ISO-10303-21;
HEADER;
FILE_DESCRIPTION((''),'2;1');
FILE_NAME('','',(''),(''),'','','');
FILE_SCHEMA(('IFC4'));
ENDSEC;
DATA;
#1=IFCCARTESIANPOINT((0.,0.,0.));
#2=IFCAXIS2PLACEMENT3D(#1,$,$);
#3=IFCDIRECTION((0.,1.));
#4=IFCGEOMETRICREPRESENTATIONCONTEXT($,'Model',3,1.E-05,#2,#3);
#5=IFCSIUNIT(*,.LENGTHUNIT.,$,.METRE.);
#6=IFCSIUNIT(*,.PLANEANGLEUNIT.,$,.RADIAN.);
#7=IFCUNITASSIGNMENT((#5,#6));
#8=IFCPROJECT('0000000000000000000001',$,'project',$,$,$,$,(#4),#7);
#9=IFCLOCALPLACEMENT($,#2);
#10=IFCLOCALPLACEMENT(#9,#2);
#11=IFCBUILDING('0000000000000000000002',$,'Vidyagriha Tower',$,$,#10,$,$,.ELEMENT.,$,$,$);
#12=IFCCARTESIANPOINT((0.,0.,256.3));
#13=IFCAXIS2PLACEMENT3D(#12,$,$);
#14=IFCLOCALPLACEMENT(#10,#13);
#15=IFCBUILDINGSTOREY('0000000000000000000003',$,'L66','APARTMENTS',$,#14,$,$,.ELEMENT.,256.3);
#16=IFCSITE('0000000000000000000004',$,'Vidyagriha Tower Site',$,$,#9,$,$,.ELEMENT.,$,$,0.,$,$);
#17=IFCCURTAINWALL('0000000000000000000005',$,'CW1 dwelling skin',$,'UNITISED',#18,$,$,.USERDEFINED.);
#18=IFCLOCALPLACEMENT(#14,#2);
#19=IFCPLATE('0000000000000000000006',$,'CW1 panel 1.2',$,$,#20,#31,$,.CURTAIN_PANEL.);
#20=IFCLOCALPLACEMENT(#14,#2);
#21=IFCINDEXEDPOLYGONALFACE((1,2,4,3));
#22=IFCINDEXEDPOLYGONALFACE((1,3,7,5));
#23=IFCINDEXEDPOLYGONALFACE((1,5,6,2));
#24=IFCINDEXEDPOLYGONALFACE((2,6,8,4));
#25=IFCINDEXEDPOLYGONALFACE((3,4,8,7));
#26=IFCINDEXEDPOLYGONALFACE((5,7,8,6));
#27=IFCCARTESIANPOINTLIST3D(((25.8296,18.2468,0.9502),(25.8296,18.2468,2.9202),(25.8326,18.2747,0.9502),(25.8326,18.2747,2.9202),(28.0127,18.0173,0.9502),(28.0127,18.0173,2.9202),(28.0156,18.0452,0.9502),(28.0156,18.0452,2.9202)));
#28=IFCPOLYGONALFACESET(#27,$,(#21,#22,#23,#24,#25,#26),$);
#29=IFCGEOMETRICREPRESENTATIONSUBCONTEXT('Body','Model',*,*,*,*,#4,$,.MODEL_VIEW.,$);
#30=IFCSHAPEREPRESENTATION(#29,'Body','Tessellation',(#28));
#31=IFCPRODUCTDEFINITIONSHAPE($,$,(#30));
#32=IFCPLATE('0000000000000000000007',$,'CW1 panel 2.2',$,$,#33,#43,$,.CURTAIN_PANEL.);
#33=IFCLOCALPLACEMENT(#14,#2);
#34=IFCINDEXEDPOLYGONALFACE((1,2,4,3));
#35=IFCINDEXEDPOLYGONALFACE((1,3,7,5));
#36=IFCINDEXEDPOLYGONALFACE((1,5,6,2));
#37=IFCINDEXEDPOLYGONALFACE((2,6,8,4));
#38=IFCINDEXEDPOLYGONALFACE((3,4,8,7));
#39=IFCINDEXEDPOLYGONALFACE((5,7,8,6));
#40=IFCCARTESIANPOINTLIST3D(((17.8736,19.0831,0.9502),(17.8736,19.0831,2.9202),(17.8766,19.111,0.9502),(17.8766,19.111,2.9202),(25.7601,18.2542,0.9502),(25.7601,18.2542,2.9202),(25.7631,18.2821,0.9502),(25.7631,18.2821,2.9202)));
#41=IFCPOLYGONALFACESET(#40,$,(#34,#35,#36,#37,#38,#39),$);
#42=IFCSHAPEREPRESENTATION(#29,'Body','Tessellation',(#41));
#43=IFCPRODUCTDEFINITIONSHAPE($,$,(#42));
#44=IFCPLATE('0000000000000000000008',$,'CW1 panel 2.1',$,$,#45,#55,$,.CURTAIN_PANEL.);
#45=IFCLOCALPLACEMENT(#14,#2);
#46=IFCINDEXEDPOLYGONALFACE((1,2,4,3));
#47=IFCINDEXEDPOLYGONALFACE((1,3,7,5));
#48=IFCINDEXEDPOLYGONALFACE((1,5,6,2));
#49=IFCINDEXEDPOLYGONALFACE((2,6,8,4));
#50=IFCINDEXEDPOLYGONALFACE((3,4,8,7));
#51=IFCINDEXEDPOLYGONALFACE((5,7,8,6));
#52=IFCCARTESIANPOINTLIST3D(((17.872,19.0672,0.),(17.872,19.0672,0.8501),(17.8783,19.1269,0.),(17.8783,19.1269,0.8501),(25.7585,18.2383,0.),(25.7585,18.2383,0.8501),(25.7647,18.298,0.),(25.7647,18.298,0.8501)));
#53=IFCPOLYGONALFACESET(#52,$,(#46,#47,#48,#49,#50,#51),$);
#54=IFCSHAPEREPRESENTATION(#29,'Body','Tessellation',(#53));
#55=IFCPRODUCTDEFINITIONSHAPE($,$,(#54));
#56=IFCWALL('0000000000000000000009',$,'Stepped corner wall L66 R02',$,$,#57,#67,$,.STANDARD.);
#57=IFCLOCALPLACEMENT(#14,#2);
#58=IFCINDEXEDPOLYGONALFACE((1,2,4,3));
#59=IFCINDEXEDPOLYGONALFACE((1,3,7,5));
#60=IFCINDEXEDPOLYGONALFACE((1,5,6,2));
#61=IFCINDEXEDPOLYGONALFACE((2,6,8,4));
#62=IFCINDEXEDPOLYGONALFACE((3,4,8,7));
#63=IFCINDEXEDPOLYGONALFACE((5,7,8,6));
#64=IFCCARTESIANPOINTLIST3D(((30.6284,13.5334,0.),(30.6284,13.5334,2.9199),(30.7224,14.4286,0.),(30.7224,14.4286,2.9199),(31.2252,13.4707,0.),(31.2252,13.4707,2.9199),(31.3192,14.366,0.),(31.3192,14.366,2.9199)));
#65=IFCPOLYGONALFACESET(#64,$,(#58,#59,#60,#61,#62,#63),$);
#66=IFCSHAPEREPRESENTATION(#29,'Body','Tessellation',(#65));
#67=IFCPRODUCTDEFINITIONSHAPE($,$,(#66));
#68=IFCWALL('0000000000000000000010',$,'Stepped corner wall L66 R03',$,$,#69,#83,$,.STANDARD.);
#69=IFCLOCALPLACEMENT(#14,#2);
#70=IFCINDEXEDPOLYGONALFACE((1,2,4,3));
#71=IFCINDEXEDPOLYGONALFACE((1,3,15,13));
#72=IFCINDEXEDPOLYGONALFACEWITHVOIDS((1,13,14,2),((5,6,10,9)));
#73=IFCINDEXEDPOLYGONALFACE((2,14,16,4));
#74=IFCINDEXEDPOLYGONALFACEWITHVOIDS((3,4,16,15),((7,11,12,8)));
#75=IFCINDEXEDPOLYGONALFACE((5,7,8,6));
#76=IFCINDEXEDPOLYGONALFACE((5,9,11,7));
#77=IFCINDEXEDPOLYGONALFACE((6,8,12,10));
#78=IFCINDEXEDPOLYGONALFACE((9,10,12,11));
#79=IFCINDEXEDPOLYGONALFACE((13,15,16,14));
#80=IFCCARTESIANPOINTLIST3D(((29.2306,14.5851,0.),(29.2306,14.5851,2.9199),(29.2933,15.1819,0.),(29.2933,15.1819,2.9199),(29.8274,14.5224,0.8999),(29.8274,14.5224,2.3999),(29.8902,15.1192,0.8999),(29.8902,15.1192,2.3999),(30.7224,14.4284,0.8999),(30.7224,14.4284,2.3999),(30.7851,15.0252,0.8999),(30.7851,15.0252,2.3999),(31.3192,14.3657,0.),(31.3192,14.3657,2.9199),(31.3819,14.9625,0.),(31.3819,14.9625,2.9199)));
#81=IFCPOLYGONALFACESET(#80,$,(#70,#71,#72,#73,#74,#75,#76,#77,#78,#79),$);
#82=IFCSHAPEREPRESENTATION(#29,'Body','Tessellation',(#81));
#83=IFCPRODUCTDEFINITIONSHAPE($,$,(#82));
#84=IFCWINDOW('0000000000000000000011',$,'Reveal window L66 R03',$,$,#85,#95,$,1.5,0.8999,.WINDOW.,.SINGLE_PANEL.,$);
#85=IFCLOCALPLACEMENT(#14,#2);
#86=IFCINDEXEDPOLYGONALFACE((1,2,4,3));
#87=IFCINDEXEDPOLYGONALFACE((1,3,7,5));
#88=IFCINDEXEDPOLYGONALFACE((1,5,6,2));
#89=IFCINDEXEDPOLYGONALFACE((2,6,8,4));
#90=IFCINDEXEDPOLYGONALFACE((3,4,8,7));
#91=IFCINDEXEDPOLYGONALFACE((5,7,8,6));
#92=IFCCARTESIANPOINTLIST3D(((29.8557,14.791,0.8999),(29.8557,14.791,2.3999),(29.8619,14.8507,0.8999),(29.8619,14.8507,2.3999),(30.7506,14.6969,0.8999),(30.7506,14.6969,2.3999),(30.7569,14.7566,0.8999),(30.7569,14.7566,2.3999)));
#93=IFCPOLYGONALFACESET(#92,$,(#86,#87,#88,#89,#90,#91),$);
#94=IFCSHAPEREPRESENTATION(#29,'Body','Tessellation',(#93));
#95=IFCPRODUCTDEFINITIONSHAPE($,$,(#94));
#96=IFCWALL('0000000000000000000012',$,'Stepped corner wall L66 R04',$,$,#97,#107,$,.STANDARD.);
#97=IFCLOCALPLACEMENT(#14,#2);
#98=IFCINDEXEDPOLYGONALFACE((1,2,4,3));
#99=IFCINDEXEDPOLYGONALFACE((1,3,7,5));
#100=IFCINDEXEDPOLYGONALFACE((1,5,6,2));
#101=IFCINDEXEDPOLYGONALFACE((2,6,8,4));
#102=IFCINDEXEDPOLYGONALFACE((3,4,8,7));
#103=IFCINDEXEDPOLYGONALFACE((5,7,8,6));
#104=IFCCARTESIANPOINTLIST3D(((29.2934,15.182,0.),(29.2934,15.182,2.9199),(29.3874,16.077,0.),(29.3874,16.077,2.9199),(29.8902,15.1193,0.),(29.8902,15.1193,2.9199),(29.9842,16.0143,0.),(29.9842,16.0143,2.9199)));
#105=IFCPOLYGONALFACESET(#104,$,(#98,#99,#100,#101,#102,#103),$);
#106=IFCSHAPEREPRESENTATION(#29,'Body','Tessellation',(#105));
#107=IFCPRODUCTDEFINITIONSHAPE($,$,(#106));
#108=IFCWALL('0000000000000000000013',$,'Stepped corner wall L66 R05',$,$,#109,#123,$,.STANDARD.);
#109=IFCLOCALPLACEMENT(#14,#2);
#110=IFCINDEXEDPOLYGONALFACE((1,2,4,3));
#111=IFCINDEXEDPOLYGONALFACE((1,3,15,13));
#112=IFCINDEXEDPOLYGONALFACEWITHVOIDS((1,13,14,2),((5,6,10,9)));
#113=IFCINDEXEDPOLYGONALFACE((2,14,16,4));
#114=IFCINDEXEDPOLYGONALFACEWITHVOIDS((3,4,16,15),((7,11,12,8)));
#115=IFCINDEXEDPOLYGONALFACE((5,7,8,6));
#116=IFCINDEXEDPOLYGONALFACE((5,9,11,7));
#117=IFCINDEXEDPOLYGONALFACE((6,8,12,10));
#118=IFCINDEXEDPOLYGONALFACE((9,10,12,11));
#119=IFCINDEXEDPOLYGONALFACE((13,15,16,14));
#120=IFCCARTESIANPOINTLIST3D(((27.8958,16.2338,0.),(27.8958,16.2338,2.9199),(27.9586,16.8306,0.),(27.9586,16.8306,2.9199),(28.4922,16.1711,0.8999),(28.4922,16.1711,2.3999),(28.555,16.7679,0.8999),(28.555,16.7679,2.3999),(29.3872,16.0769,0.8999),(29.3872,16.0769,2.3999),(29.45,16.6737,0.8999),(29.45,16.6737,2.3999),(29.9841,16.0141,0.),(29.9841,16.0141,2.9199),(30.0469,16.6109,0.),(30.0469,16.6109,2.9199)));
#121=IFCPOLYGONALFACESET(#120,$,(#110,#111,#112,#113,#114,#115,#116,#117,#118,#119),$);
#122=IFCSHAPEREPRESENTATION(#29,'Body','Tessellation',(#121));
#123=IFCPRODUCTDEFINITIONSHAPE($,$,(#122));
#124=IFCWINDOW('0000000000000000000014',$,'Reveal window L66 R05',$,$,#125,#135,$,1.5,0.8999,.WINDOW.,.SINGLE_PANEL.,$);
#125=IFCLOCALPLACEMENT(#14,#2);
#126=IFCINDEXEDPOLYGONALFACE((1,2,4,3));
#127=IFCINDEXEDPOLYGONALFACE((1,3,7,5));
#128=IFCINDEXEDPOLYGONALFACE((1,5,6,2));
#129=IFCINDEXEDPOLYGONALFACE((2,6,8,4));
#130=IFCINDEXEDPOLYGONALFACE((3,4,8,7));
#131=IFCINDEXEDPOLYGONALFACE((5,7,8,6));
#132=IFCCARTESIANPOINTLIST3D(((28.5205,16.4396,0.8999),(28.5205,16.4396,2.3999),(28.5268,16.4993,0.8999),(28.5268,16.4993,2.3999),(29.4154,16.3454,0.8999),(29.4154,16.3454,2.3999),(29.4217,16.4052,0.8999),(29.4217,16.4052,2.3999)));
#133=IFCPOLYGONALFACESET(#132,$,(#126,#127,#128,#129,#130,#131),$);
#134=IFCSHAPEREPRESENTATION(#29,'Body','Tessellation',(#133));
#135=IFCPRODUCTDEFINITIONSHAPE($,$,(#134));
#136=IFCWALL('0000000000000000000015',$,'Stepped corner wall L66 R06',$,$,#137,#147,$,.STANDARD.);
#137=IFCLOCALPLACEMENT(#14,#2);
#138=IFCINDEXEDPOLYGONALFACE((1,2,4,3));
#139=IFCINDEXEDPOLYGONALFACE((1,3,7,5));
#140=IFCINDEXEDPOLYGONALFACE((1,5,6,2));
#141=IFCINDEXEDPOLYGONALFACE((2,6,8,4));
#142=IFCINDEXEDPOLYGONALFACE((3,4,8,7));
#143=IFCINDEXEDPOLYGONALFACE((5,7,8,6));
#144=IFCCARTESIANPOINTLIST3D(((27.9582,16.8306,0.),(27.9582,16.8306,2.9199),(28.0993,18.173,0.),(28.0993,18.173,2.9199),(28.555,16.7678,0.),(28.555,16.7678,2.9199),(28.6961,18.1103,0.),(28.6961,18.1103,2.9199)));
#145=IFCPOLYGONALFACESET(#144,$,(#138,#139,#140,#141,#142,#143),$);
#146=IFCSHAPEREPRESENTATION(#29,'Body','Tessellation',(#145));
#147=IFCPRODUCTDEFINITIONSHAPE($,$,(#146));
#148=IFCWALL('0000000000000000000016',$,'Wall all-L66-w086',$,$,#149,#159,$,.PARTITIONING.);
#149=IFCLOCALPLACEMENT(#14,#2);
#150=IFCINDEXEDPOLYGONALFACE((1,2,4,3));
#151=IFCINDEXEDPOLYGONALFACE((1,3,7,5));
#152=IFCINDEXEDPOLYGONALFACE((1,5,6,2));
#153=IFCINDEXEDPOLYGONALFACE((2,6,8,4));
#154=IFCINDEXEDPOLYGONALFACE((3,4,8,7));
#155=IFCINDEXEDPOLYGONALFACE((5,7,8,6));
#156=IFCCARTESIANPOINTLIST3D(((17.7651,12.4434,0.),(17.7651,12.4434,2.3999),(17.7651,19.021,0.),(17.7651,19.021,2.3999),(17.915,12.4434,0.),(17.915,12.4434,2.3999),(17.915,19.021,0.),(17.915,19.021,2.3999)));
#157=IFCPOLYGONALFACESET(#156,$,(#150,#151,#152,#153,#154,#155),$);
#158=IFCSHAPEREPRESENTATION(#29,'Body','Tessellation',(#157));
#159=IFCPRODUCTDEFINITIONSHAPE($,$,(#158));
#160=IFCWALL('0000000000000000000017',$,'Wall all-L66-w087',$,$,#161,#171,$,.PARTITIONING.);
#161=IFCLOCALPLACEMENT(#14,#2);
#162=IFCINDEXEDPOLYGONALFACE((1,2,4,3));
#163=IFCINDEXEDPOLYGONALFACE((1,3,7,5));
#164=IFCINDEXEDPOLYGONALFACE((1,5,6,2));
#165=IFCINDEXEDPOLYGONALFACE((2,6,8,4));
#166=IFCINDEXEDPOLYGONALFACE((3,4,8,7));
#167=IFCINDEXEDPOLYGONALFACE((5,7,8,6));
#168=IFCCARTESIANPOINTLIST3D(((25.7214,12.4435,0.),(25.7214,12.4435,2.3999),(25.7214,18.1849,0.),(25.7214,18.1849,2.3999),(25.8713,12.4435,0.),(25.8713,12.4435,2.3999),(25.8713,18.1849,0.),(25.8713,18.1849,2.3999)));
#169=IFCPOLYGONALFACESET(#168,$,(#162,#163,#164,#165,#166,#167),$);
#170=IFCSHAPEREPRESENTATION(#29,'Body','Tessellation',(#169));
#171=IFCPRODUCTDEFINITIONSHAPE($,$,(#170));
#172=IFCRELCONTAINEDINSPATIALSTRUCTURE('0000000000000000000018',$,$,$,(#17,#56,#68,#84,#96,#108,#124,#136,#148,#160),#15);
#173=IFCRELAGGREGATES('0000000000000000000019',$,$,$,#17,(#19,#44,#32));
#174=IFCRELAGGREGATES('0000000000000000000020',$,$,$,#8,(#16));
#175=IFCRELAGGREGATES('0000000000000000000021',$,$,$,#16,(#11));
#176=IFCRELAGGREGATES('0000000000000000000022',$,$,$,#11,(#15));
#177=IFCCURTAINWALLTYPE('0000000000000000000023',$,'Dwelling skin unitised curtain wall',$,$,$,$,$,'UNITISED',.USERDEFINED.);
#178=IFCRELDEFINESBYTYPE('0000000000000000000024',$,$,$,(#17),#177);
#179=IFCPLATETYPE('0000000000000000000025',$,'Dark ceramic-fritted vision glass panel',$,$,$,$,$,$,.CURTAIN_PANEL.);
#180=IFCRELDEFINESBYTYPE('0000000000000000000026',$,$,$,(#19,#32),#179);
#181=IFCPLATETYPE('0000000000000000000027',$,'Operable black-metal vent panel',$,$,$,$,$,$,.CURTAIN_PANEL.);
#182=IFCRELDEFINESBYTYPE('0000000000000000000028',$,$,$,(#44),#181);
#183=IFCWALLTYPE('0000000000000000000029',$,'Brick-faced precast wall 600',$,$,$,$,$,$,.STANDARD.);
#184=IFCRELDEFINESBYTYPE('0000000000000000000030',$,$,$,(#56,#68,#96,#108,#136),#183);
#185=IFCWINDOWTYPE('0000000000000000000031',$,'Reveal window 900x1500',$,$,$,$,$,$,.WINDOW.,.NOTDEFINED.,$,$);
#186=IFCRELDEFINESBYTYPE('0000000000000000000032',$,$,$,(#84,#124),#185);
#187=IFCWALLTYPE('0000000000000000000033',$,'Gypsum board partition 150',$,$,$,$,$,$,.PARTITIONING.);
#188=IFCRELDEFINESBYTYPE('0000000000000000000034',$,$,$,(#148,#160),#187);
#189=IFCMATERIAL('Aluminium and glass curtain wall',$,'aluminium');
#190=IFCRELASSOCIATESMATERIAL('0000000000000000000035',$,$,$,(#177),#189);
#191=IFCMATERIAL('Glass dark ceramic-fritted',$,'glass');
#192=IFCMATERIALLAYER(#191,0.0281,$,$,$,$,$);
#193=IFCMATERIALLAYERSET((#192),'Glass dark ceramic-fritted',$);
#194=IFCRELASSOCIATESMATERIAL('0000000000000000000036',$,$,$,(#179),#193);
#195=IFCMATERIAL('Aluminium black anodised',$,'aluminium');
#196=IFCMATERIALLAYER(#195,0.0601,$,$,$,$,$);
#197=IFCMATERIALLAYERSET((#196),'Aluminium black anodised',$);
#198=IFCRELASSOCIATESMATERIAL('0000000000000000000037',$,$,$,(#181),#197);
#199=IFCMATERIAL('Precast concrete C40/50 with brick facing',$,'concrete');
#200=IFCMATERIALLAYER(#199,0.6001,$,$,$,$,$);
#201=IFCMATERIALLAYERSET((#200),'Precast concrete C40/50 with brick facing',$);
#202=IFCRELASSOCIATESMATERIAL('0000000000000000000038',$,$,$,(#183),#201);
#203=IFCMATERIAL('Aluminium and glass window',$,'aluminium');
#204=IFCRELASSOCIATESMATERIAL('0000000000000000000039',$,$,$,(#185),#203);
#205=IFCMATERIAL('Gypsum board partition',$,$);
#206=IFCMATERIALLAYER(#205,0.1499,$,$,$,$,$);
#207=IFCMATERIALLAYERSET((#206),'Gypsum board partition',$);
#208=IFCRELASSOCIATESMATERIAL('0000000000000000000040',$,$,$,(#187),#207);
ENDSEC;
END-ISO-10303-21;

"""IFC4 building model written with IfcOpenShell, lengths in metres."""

from ifc_helpers import new_model, si_unit, direction, frame, frame_2d, origin, origin_2d, place, context, subcontext, project, spatial, rectangle, extrude, material, layer, layer_set, type_object, element, fill, aggregate, save


model = new_model("IFC4")

# Units and contexts
model_context = context("Model", 3, precision=1e-05, world=origin(), true_north=direction((0.0, 1.0)))
body_context = subcontext(model_context, "Body", "Model", "MODEL_VIEW")
ifc_project = project(units=[si_unit("LENGTHUNIT", "METRE"), si_unit("PLANEANGLEUNIT", "RADIAN")], contexts=[model_context])

# Site, building, storey
site_placement = place(None, origin())
site = spatial("IfcSite", under=ifc_project, at=site_placement, Name="Vidyagriha Tower Site", CompositionType="ELEMENT", RefElevation=0.0)
building_placement = place(site_placement, origin())
building = spatial("IfcBuilding", under=site, at=building_placement, Name="Vidyagriha Tower", CompositionType="ELEMENT")
storey_placement = place(building_placement, frame((0.0, 0.0, 256.3)))
storey = spatial("IfcBuildingStorey", under=building, at=storey_placement, Name="L66", Description="APARTMENTS", CompositionType="ELEMENT", Elevation=256.3)

# Curtain wall, plates
ifc_material_1 = material(Name="Aluminium and glass curtain wall", Category="aluminium")
curtain_wall_type = type_object("IfcCurtainWallType", Name="Dwelling skin unitised curtain wall", ElementType="UNITISED", PredefinedType="USERDEFINED", material=ifc_material_1)
curtain_wall_placement = place(storey_placement, origin())
curtain_wall = element("IfcCurtainWall", 1, at=curtain_wall_placement, inside=storey, type_object=curtain_wall_type, Name="CW1 dwelling skin", ObjectType="UNITISED", PredefinedType="USERDEFINED")
ifc_material_2 = material(Name="Glass dark ceramic-fritted", Category="glass")
ifc_layer_1 = layer(ifc_material_2, 0.0281)
ifc_layer_set_1 = layer_set([ifc_layer_1], Name="Glass dark ceramic-fritted")
plate_type_1 = type_object("IfcPlateType", Name="Dark ceramic-fritted vision glass panel", PredefinedType="CURTAIN_PANEL", material=ifc_layer_set_1)
plate_1_placement = place(storey_placement, frame((26.9226, 18.146, 0.9502), z_axis=(0.0, 0.0, 1.0), x_axis=(-0.994522, 0.104529, 0.0)))
plate_1 = element("IfcPlate", 2, at=plate_1_placement, type_object=plate_type_1, Name="CW1 panel 1.2", PredefinedType="CURTAIN_PANEL", context=body_context, shape_type="SweptSolid", body=[
    extrude(rectangle(XDim=2.1951, YDim=0.0281, at=origin_2d()), origin(), (0.0, 0.0, 1.0), 1.97),
])
plate_2_placement = place(storey_placement, frame((21.8184, 18.6826, 0.9502), z_axis=(0.0, 0.0, 1.0), x_axis=(-0.994522, 0.104529, 0.0)))
plate_2 = element("IfcPlate", 3, at=plate_2_placement, type_object=plate_type_1, Name="CW1 panel 2.2", PredefinedType="CURTAIN_PANEL", context=body_context, shape_type="SweptSolid", body=[
    extrude(rectangle(XDim=7.9299, YDim=0.0281, at=origin_2d()), origin(), (0.0, 0.0, 1.0), 1.97),
])
ifc_material_3 = material(Name="Aluminium black anodised", Category="aluminium")
ifc_layer_2 = layer(ifc_material_3, 0.0601)
ifc_layer_set_2 = layer_set([ifc_layer_2], Name="Aluminium black anodised")
plate_type_2 = type_object("IfcPlateType", Name="Operable black-metal vent panel", PredefinedType="CURTAIN_PANEL", material=ifc_layer_set_2)
plate_3_placement = place(storey_placement, frame((21.8184, 18.6826, 0.0), z_axis=(0.0, 0.0, 1.0), x_axis=(-0.994522, 0.104529, 0.0)))
plate_3 = element("IfcPlate", 4, at=plate_3_placement, type_object=plate_type_2, Name="CW1 panel 2.1", PredefinedType="CURTAIN_PANEL", context=body_context, shape_type="SweptSolid", body=[
    extrude(rectangle(XDim=7.9299, YDim=0.0601, at=origin_2d()), origin(), (0.0, 0.0, 1.0), 0.8501),
])
aggregate(curtain_wall, [plate_1, plate_3, plate_2])

# Wall
ifc_material_4 = material(Name="Precast concrete C40/50 with brick facing", Category="concrete")
ifc_layer_3 = layer(ifc_material_4, 0.6001)
ifc_layer_set_3 = layer_set([ifc_layer_3], Name="Precast concrete C40/50 with brick facing")
wall_type_1 = type_object("IfcWallType", Name="Brick-faced precast wall 600", PredefinedType="STANDARD", material=ifc_layer_set_3)
wall_1_placement = place(storey_placement, frame((30.9268, 13.502, 0.0), z_axis=(0.0, 0.0, 1.0), x_axis=(0.104417, 0.994534, 0.0)))
element("IfcWall", 5, at=wall_1_placement, inside=storey, type_object=wall_type_1, Name="Stepped corner wall L66 R02", PredefinedType="STANDARD", context=body_context, shape_type="SweptSolid", body=[
    extrude(rectangle(XDim=0.9001, YDim=0.6001, at=frame_2d((0.4502, 0.0))), origin(), (0.0, 0.0, 1.0), 2.9199),
])

# Wall, opening, window
wall_2_placement = place(storey_placement, frame((31.3506, 14.6641, 0.0), z_axis=(0.0, 0.0, 1.0), x_axis=(-0.994524, 0.104509, 0.0)))
wall_2 = element("IfcWall", 6, at=wall_2_placement, inside=storey, type_object=wall_type_1, Name="Stepped corner wall L66 R03", PredefinedType="STANDARD", context=body_context, shape_type="SweptSolid", body=[
    extrude(rectangle(XDim=2.1001, YDim=0.6001, at=frame_2d((1.05, 0.0))), origin(), (0.0, 0.0, 1.0), 2.9199),
])
opening_1_placement = place(wall_2_placement, frame((0.6001, 0.0, 0.8999)))
opening_1 = element("IfcOpeningElement", 7, at=opening_1_placement, cuts=wall_2, PredefinedType="OPENING", context=body_context, shape_type="SweptSolid", body=[
    extrude(rectangle(XDim=0.8999, YDim=1.5, at=frame_2d((0.45, 0.75))), frame((0.0, 0.3101, 0.0), z_axis=(0.0, -1.0, 0.0), x_axis=(1.0, 0.0, 0.0)), (0.0, 0.0, 1.0), 0.6201),
])
ifc_material_5 = material(Name="Aluminium and glass window", Category="aluminium")
window_type = type_object("IfcWindowType", Name="Reveal window 900x1500", PartitioningType="NOTDEFINED", PredefinedType="WINDOW", material=ifc_material_5)
window_1_placement = place(opening_1_placement, origin())
window_1 = element("IfcWindow", 8, at=window_1_placement, inside=storey, type_object=window_type, Name="Reveal window L66 R03", OverallHeight=1.5, OverallWidth=0.8999, PartitioningType="SINGLE_PANEL", PredefinedType="WINDOW", context=body_context, shape_type="SweptSolid", body=[
    extrude(rectangle(XDim=0.8999, YDim=1.5, at=frame_2d((0.45, 0.75))), frame((0.0, 0.03, 0.0), z_axis=(0.0, -1.0, 0.0), x_axis=(1.0, 0.0, 0.0)), (0.0, 0.0, 1.0), 0.0601),
])
fill(opening_1, window_1)

# Wall
wall_3_placement = place(storey_placement, frame((29.5918, 15.1506, 0.0), z_axis=(0.0, 0.0, 1.0), x_axis=(0.104445, 0.994531, 0.0)))
element("IfcWall", 9, at=wall_3_placement, inside=storey, type_object=wall_type_1, Name="Stepped corner wall L66 R04", PredefinedType="STANDARD", context=body_context, shape_type="SweptSolid", body=[
    extrude(rectangle(XDim=0.8999, YDim=0.6001, at=frame_2d((0.45, 0.0))), origin(), (0.0, 0.0, 1.0), 2.9199),
])

# Wall, opening, window
wall_4_placement = place(storey_placement, frame((30.0154, 16.3125, 0.0), z_axis=(0.0, 0.0, 1.0), x_axis=(-0.994511, 0.104636, 0.0)))
wall_4 = element("IfcWall", 10, at=wall_4_placement, inside=storey, type_object=wall_type_1, Name="Stepped corner wall L66 R05", PredefinedType="STANDARD", context=body_context, shape_type="SweptSolid", body=[
    extrude(rectangle(XDim=2.0999, YDim=0.6001, at=frame_2d((1.0498, 0.0))), origin(), (0.0, 0.0, 1.0), 2.9199),
])
opening_2_placement = place(wall_4_placement, frame((0.6001, 0.0, 0.8999)))
opening_2 = element("IfcOpeningElement", 11, at=opening_2_placement, cuts=wall_4, PredefinedType="OPENING", context=body_context, shape_type="SweptSolid", body=[
    extrude(rectangle(XDim=0.8999, YDim=1.5, at=frame_2d((0.45, 0.75))), frame((0.0, 0.3101, 0.0), z_axis=(0.0, -1.0, 0.0), x_axis=(1.0, 0.0, 0.0)), (0.0, 0.0, 1.0), 0.6201),
])
window_2_placement = place(opening_2_placement, origin())
window_2 = element("IfcWindow", 12, at=window_2_placement, inside=storey, type_object=window_type, Name="Reveal window L66 R05", OverallHeight=1.5, OverallWidth=0.8999, PartitioningType="SINGLE_PANEL", PredefinedType="WINDOW", context=body_context, shape_type="SweptSolid", body=[
    extrude(rectangle(XDim=0.8999, YDim=1.5, at=frame_2d((0.45, 0.75))), frame((0.0, 0.03, 0.0), z_axis=(0.0, -1.0, 0.0), x_axis=(1.0, 0.0, 0.0)), (0.0, 0.0, 1.0), 0.0601),
])
fill(opening_2, window_2)

# Walls
wall_5_placement = place(storey_placement, frame((28.2566, 16.7993, 0.0), z_axis=(0.0, 0.0, 1.0), x_axis=(0.104534, 0.994521, 0.0)))
element("IfcWall", 13, at=wall_5_placement, inside=storey, type_object=wall_type_1, Name="Stepped corner wall L66 R06", PredefinedType="STANDARD", context=body_context, shape_type="SweptSolid", body=[
    extrude(rectangle(XDim=1.3499, YDim=0.6001, at=frame_2d((0.6748, 0.0))), origin(), (0.0, 0.0, 1.0), 2.9199),
])
ifc_material_6 = material(Name="Gypsum board partition")
ifc_layer_4 = layer(ifc_material_6, 0.1499)
ifc_layer_set_4 = layer_set([ifc_layer_4], Name="Gypsum board partition")
wall_type_2 = type_object("IfcWallType", Name="Gypsum board partition 150", PredefinedType="PARTITIONING", material=ifc_layer_set_4)
wall_6_placement = place(storey_placement, frame((17.8401, 19.021, 0.0), z_axis=(0.0, 0.0, 1.0), x_axis=(0.0, -1.0, 0.0)))
element("IfcWall", 14, at=wall_6_placement, inside=storey, type_object=wall_type_2, Name="Wall all-L66-w086", PredefinedType="PARTITIONING", context=body_context, shape_type="SweptSolid", body=[
    extrude(rectangle(XDim=6.5776, YDim=0.1499, at=frame_2d((3.2888, 0.0))), origin(), (0.0, 0.0, 1.0), 2.3999),
])
wall_7_placement = place(storey_placement, frame((25.7964, 18.1848, 0.0), z_axis=(0.0, 0.0, 1.0), x_axis=(0.0, -1.0, 0.0)))
element("IfcWall", 15, at=wall_7_placement, inside=storey, type_object=wall_type_2, Name="Wall all-L66-w087", PredefinedType="PARTITIONING", context=body_context, shape_type="SweptSolid", body=[
    extrude(rectangle(XDim=5.7415, YDim=0.1499, at=frame_2d((2.8706, 0.0))), origin(), (0.0, 0.0, 1.0), 2.3999),
])

save(model, "model.ifc")
